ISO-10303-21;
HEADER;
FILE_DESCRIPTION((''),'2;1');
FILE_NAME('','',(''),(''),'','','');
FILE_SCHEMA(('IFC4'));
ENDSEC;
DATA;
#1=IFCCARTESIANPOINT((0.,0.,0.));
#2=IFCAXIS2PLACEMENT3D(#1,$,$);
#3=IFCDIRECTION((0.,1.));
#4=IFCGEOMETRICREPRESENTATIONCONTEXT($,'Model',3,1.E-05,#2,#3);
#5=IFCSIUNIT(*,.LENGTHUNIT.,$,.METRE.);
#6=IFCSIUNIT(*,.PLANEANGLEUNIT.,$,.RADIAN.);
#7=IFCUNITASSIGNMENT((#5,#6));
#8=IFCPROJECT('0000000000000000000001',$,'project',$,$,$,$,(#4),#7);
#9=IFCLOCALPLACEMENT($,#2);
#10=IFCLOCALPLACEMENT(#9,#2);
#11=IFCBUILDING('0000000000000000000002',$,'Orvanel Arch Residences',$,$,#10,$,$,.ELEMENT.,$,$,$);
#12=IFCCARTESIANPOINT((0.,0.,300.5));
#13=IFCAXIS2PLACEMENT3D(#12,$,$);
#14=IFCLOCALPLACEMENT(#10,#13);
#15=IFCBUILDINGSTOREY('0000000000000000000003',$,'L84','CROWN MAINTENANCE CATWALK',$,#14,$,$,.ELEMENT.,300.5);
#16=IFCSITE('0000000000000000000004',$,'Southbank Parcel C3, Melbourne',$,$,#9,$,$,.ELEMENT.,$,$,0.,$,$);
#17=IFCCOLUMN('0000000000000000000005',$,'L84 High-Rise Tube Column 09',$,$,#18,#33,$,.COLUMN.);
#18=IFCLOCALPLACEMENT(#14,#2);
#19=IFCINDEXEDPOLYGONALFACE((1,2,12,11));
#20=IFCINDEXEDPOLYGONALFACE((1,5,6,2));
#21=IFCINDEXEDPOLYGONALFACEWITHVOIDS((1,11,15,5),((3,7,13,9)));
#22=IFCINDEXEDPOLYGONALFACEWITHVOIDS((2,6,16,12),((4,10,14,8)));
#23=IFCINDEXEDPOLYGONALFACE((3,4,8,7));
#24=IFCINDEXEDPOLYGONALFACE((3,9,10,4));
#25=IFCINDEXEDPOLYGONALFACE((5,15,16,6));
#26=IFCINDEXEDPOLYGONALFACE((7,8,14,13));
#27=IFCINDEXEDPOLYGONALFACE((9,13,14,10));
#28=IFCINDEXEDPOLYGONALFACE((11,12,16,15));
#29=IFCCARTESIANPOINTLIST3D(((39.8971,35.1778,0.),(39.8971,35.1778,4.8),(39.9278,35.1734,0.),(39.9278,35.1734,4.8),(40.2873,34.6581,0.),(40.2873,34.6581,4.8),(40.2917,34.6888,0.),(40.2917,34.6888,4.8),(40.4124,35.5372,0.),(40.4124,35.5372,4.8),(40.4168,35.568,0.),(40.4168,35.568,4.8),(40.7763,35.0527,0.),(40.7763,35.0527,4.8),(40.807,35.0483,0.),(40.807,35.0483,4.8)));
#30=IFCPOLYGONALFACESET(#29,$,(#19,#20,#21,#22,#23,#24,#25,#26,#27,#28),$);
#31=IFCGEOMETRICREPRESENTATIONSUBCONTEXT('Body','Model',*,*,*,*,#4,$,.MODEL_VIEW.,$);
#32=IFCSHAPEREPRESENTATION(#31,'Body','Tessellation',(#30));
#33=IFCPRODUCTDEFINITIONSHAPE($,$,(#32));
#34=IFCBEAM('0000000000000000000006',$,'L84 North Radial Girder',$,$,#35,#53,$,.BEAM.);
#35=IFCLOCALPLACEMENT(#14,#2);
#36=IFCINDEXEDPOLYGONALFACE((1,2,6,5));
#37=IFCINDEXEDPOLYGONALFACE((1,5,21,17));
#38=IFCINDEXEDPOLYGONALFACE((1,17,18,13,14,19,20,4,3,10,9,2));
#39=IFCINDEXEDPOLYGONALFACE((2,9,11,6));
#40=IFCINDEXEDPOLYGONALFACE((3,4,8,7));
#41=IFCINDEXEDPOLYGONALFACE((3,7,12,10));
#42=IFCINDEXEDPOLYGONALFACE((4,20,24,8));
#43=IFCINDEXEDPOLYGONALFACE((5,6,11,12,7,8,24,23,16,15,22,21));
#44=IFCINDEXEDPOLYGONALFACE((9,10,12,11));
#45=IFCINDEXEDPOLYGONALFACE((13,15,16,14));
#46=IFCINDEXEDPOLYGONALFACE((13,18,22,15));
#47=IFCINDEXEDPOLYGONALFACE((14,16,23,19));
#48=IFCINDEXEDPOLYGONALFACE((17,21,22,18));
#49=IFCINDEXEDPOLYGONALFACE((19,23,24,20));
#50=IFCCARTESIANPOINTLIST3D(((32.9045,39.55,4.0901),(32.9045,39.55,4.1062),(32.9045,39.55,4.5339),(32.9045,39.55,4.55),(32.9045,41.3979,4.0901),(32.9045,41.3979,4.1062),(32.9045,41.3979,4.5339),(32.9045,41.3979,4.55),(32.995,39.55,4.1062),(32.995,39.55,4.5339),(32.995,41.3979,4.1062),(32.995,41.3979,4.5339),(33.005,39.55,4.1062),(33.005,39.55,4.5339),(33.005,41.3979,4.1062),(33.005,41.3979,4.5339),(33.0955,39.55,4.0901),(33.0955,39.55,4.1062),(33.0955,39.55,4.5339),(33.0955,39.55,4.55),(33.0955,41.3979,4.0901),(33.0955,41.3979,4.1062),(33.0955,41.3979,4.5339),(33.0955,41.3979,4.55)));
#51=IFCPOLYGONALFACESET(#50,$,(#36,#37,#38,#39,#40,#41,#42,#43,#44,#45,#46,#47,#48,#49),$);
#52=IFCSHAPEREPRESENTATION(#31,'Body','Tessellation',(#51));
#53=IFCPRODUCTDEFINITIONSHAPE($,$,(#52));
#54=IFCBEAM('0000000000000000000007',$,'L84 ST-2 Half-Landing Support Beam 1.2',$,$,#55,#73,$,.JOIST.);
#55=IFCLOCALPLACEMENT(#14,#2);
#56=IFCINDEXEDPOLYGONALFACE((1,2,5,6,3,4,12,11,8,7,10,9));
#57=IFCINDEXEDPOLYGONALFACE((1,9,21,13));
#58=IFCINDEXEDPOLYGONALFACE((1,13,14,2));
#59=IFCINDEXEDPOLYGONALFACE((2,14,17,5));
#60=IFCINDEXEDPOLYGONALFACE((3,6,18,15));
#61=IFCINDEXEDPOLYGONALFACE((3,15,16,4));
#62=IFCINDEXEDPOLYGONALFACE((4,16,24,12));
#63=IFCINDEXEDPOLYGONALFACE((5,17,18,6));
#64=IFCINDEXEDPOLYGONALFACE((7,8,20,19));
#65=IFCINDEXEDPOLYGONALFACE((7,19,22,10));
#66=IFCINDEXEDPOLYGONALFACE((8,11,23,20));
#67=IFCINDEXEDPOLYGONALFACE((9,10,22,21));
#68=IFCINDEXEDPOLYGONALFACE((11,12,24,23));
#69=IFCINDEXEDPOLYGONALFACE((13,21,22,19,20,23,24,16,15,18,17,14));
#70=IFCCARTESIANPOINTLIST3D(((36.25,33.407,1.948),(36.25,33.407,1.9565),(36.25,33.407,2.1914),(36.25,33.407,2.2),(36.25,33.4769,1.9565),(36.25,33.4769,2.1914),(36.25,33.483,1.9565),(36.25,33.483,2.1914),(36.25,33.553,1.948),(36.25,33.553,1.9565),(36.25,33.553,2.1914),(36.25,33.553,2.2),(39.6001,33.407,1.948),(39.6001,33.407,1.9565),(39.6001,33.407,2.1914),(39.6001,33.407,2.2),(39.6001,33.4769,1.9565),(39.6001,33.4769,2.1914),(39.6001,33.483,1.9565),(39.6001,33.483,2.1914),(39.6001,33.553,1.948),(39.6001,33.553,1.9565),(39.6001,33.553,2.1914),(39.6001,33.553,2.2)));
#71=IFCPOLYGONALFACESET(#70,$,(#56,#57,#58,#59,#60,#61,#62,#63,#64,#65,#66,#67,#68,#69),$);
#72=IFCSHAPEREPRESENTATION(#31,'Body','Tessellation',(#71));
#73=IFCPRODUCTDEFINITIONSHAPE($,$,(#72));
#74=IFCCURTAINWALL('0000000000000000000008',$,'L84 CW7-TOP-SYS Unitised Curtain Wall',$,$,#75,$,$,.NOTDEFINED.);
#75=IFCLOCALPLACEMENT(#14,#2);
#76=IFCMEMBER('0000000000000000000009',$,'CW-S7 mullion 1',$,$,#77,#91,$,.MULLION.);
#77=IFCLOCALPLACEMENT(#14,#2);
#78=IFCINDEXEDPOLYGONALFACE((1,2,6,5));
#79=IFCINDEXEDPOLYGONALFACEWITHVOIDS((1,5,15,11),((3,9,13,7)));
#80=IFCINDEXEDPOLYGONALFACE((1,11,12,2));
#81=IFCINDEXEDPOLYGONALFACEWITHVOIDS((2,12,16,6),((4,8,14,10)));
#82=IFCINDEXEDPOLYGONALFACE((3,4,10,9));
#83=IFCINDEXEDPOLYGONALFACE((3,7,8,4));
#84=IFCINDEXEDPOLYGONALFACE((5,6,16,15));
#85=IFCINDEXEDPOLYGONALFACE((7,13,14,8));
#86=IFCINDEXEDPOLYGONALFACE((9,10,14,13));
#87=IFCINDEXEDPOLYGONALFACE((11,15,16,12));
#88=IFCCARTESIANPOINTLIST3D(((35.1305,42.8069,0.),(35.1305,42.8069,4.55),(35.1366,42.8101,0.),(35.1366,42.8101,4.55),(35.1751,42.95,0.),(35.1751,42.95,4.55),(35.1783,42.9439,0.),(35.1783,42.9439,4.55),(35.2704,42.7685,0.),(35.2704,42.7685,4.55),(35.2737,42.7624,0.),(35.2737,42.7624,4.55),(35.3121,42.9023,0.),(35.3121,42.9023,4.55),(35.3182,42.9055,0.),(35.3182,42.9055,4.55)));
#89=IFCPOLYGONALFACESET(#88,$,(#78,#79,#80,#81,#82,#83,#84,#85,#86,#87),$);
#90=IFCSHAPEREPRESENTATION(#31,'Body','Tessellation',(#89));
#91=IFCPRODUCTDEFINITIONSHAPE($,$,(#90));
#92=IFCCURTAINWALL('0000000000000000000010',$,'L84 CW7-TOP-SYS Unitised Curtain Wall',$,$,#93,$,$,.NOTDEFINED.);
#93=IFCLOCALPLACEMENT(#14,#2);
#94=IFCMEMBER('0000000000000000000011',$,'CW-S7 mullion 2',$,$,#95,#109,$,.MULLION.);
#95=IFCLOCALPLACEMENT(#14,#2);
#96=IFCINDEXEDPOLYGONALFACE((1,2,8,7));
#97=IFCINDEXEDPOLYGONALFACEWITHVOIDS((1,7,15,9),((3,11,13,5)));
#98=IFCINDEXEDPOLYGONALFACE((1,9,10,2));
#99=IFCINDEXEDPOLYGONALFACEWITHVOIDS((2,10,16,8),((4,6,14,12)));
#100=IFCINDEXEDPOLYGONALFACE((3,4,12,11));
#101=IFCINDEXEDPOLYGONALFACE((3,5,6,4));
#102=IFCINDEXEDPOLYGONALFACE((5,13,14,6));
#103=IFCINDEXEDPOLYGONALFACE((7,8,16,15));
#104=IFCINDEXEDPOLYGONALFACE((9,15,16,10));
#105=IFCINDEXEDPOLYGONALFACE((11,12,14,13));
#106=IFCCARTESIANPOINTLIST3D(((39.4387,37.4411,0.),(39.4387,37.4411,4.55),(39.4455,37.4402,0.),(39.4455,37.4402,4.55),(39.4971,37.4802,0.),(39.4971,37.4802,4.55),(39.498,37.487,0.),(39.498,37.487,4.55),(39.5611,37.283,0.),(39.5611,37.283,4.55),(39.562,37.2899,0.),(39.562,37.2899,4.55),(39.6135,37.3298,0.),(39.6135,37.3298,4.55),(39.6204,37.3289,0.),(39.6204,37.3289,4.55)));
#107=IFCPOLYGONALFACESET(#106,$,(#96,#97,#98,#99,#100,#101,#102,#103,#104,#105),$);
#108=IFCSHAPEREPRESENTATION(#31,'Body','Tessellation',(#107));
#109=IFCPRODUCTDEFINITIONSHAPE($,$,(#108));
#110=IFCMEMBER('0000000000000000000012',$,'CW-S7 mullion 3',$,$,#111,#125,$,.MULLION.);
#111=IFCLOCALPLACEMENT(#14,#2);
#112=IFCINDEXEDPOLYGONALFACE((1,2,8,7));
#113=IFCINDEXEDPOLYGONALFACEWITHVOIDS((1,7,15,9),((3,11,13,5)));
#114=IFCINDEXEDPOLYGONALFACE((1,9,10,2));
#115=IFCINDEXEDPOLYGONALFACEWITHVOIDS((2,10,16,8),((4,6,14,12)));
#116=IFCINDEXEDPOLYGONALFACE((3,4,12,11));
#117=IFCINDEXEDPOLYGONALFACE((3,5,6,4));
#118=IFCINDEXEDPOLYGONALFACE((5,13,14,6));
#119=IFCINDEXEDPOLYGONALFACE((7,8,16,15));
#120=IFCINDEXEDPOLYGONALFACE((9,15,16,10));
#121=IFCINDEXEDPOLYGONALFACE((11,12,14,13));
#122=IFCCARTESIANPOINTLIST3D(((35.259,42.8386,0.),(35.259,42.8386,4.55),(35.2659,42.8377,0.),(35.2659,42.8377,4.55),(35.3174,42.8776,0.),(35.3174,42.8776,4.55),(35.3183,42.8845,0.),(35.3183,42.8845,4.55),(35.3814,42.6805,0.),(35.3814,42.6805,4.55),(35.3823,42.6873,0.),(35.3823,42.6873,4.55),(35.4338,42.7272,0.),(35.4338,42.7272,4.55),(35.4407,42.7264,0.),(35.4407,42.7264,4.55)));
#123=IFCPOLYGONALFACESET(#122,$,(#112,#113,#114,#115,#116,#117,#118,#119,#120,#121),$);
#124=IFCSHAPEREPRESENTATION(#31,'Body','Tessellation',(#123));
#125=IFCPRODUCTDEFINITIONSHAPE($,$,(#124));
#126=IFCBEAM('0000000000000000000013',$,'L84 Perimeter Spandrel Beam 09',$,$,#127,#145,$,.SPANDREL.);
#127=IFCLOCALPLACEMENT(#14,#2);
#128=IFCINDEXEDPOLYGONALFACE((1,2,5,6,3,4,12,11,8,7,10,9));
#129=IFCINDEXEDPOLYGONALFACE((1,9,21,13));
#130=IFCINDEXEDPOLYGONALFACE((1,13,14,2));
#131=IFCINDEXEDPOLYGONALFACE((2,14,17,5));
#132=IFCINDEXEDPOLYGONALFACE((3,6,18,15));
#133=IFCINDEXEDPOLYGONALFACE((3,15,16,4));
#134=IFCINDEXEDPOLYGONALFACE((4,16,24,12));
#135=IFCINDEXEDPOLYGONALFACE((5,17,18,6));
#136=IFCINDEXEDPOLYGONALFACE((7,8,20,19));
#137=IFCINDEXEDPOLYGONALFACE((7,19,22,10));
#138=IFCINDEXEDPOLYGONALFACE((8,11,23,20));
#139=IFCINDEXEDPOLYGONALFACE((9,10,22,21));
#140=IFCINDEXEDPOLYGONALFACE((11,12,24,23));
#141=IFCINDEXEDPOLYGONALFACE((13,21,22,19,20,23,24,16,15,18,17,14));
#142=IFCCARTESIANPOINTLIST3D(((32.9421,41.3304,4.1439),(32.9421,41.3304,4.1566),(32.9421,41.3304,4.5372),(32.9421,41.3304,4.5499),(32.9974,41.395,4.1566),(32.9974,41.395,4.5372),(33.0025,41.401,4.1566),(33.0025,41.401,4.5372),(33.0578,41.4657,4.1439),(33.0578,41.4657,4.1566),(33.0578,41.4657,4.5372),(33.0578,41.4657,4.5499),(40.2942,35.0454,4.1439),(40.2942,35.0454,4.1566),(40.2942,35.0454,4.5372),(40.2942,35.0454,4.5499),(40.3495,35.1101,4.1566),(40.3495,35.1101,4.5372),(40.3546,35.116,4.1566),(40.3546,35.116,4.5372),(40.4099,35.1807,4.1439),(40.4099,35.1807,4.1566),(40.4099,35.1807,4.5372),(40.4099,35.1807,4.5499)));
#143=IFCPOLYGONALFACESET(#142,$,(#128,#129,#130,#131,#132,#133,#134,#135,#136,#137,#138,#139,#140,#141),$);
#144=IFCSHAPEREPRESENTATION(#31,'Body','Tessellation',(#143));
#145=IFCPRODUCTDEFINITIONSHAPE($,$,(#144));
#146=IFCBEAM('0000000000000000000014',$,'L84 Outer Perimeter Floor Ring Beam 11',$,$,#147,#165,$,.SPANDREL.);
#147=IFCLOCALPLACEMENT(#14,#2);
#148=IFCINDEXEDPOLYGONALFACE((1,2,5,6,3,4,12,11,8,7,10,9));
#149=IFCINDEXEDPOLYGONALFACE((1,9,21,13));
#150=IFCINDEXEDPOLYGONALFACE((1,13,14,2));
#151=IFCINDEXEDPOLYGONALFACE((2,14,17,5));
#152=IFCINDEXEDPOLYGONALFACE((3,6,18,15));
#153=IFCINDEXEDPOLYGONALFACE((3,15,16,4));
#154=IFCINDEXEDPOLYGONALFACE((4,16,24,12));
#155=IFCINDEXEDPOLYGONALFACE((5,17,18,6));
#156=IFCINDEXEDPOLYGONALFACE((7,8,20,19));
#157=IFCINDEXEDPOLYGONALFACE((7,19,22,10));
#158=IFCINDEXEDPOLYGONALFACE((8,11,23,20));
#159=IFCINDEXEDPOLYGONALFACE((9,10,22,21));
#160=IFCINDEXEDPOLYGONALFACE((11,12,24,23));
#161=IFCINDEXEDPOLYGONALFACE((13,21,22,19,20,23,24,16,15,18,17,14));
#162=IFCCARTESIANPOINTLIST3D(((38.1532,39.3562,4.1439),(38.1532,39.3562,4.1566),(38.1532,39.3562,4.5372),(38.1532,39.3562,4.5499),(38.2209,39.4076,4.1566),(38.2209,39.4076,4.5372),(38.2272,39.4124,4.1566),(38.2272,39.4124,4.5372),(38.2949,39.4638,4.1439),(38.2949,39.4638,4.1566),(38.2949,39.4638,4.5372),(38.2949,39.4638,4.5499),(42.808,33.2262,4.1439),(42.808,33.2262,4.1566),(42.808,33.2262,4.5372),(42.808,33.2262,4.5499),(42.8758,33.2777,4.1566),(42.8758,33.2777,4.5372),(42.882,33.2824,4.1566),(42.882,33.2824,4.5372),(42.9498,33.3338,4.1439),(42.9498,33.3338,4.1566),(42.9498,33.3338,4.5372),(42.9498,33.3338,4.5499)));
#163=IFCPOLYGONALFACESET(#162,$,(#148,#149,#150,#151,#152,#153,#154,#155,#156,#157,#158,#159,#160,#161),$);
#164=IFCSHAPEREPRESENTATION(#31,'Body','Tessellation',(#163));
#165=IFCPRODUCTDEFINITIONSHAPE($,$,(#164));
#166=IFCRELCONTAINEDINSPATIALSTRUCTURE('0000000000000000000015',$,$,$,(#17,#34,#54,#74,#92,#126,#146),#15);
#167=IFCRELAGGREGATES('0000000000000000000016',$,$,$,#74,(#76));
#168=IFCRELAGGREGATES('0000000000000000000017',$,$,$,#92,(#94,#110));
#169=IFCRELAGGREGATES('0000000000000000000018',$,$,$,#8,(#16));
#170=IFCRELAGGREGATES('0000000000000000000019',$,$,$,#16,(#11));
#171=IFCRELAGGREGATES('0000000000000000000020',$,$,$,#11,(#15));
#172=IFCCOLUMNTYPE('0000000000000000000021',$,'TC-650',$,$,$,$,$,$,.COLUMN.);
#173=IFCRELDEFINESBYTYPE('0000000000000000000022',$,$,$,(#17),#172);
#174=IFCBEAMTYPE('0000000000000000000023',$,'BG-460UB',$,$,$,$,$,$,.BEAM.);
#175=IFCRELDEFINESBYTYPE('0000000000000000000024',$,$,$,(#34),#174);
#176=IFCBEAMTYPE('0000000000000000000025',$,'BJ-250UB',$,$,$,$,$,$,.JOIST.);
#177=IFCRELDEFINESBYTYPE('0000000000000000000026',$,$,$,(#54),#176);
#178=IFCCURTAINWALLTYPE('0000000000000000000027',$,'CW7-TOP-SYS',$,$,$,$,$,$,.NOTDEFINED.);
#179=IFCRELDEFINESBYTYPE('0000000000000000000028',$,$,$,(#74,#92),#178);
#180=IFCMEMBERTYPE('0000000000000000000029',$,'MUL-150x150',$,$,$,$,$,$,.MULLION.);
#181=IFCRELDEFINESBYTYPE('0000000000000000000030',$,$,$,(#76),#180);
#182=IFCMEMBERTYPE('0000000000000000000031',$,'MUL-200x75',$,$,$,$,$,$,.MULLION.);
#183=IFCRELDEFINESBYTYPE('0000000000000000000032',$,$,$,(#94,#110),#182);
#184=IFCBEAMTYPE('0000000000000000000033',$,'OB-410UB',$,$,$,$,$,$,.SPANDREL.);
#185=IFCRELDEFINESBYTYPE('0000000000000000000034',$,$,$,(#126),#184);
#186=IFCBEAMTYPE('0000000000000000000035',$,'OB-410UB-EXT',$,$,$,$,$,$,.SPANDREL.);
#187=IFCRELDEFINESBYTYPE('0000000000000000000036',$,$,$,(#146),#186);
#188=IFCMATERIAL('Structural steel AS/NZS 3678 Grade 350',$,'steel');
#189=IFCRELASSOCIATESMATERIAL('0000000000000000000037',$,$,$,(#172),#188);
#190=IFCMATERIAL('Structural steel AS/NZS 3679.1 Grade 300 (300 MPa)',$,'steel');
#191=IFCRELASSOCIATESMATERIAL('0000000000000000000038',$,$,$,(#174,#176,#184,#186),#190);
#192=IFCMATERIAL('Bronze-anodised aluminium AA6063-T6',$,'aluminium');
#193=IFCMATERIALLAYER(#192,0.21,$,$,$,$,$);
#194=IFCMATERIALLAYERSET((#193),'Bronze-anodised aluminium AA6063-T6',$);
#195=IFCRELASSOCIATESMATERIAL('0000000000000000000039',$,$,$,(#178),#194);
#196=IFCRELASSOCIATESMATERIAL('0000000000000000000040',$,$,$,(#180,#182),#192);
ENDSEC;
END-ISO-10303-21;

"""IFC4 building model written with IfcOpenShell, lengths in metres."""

from ifc_helpers import new_model, si_unit, direction, frame, origin, origin_2d, place, context, subcontext, project, spatial, hollow_rectangle, i_section, extrude, material, layer, layer_set, material_profile, profile_set, type_object, element, aggregate, save


model = new_model("IFC4")

# Units and contexts
model_context = context("Model", 3, precision=1e-05, world=origin(), true_north=direction((0.0, 1.0)))
body_context = subcontext(model_context, "Body", "Model", "MODEL_VIEW")
ifc_project = project(units=[si_unit("LENGTHUNIT", "METRE"), si_unit("PLANEANGLEUNIT", "RADIAN")], contexts=[model_context])

# Site, building, storey
site_placement = place(None, origin())
site = spatial("IfcSite", under=ifc_project, at=site_placement, Name="Southbank Parcel C3, Melbourne", CompositionType="ELEMENT", RefElevation=0.0)
building_placement = place(site_placement, origin())
building = spatial("IfcBuilding", under=site, at=building_placement, Name="Orvanel Arch Residences", CompositionType="ELEMENT")
storey_placement = place(building_placement, frame((0.0, 0.0, 300.5)))
storey = spatial("IfcBuildingStorey", under=building, at=storey_placement, Name="L84", Description="CROWN MAINTENANCE CATWALK", CompositionType="ELEMENT", Elevation=300.5)

# Column
ifc_material_1 = material(Name="Structural steel AS/NZS 3678 Grade 350", Category="steel")
ifc_material_profile_1 = material_profile(ifc_material_1, hollow_rectangle(XDim=0.6499, YDim=0.6499, WallThickness=0.022, at=origin_2d()), Name="BOX650x650x22")
ifc_profile_set_1 = profile_set([ifc_material_profile_1], Name="Structural steel AS/NZS 3678 Grade 350")
column_type = type_object("IfcColumnType", Name="TC-650", PredefinedType="COLUMN", material=ifc_profile_set_1)
column_placement = place(storey_placement, frame((40.3521, 35.113, 0.0), z_axis=(0.0, 0.0, 1.0), x_axis=(-0.60042, 0.799685, 0.0)))
element("IfcColumn", 1, at=column_placement, inside=storey, type_object=column_type, Name="L84 High-Rise Tube Column 09", PredefinedType="COLUMN", context=body_context, shape_type="SweptSolid", body=[
    extrude(hollow_rectangle(XDim=0.6499, YDim=0.6499, WallThickness=0.022, at=origin_2d()), origin(), (0.0, 0.0, 1.0), 4.8),
])

# Beams
ifc_material_2 = material(Name="Structural steel AS/NZS 3679.1 Grade 300 (300 MPa)", Category="steel")
ifc_material_profile_2 = material_profile(ifc_material_2, i_section(OverallWidth=0.1909, OverallDepth=0.46, WebThickness=0.01, FlangeThickness=0.0161, at=origin_2d()), Name="460UB82.1")
ifc_profile_set_2 = profile_set([ifc_material_profile_2], Name="Structural steel AS/NZS 3679.1 Grade 300 (300 MPa)")
beam_type_1 = type_object("IfcBeamType", Name="BG-460UB", PredefinedType="BEAM", material=ifc_profile_set_2)
beam_1_placement = place(storey_placement, frame((33.0, 39.55, 4.3201), z_axis=(0.0, 1.0, 0.0), x_axis=(-1.0, 0.0, 0.0)))
element("IfcBeam", 2, at=beam_1_placement, inside=storey, type_object=beam_type_1, Name="L84 North Radial Girder", PredefinedType="BEAM", context=body_context, shape_type="SweptSolid", body=[
    extrude(i_section(OverallWidth=0.1909, OverallDepth=0.46, WebThickness=0.01, FlangeThickness=0.0161, at=origin_2d()), origin(), (0.0, 0.0, 1.0), 1.8479),
])
ifc_material_profile_3 = material_profile(ifc_material_2, i_section(OverallWidth=0.146, OverallDepth=0.252, WebThickness=0.0061, FlangeThickness=0.0085, at=origin_2d()), Name="250UB31.4")
ifc_profile_set_3 = profile_set([ifc_material_profile_3], Name="Structural steel AS/NZS 3679.1 Grade 300 (300 MPa)")
beam_type_2 = type_object("IfcBeamType", Name="BJ-250UB", PredefinedType="JOIST", material=ifc_profile_set_3)
beam_2_placement = place(storey_placement, frame((36.25, 33.48, 2.074), z_axis=(1.0, 0.0, 0.0), x_axis=(0.0, 1.0, 0.0)))
element("IfcBeam", 3, at=beam_2_placement, inside=storey, type_object=beam_type_2, Name="L84 ST-2 Half-Landing Support Beam 1.2", PredefinedType="JOIST", context=body_context, shape_type="SweptSolid", body=[
    extrude(i_section(OverallWidth=0.146, OverallDepth=0.252, WebThickness=0.0061, FlangeThickness=0.0085, at=origin_2d()), origin(), (0.0, 0.0, 1.0), 3.3501),
])

# Curtain wall, member
ifc_material_3 = material(Name="Bronze-anodised aluminium AA6063-T6", Category="aluminium")
ifc_layer_1 = layer(ifc_material_3, 0.21)
ifc_layer_set_1 = layer_set([ifc_layer_1], Name="Bronze-anodised aluminium AA6063-T6")
curtain_wall_type = type_object("IfcCurtainWallType", Name="CW7-TOP-SYS", PredefinedType="NOTDEFINED", material=ifc_layer_set_1)
curtain_wall_1_placement = place(storey_placement, origin())
curtain_wall_1 = element("IfcCurtainWall", 4, at=curtain_wall_1_placement, inside=storey, type_object=curtain_wall_type, Name="L84 CW7-TOP-SYS Unitised Curtain Wall", PredefinedType="NOTDEFINED")
ifc_material_profile_4 = material_profile(ifc_material_3, hollow_rectangle(XDim=0.1499, YDim=0.1499, WallThickness=0.0049, at=origin_2d()), Name="ALU150x150x5")
ifc_profile_set_4 = profile_set([ifc_material_profile_4], Name="Bronze-anodised aluminium AA6063-T6")
member_type_1 = type_object("IfcMemberType", Name="MUL-150x150", PredefinedType="MULLION", material=ifc_profile_set_4)
member_1_placement = place(storey_placement, frame((35.2244, 42.8562, 0.0), z_axis=(0.0, 0.0, 1.0), x_axis=(-0.297187, -0.954819, 0.0)))
member_1 = element("IfcMember", 5, at=member_1_placement, type_object=member_type_1, Name="CW-S7 mullion 1", PredefinedType="MULLION", context=body_context, shape_type="SweptSolid", body=[
    extrude(hollow_rectangle(XDim=0.1499, YDim=0.1499, WallThickness=0.0049, at=origin_2d()), origin(), (0.0, 0.0, 1.0), 4.55),
])

# Curtain wall, members
curtain_wall_2_placement = place(storey_placement, origin())
curtain_wall_2 = element("IfcCurtainWall", 6, at=curtain_wall_2_placement, inside=storey, type_object=curtain_wall_type, Name="L84 CW7-TOP-SYS Unitised Curtain Wall", PredefinedType="NOTDEFINED")
ifc_material_profile_5 = material_profile(ifc_material_3, hollow_rectangle(XDim=0.075, YDim=0.2, WallThickness=0.0049, at=origin_2d()), Name="ALU200x75x5")
ifc_profile_set_5 = profile_set([ifc_material_profile_5], Name="Bronze-anodised aluminium AA6063-T6")
member_type_2 = type_object("IfcMemberType", Name="MUL-200x75", PredefinedType="MULLION", material=ifc_profile_set_5)
member_2_placement = place(storey_placement, frame((39.5295, 37.385, 0.0), z_axis=(0.0, 0.0, 1.0), x_axis=(-0.790657, -0.61226, 0.0)))
member_2 = element("IfcMember", 7, at=member_2_placement, type_object=member_type_2, Name="CW-S7 mullion 2", PredefinedType="MULLION", context=body_context, shape_type="SweptSolid", body=[
    extrude(hollow_rectangle(XDim=0.075, YDim=0.2, WallThickness=0.0049, at=origin_2d()), origin(), (0.0, 0.0, 1.0), 4.55),
])
member_3_placement = place(storey_placement, frame((35.3499, 42.7825, 0.0), z_axis=(0.0, 0.0, 1.0), x_axis=(-0.790657, -0.61226, 0.0)))
member_3 = element("IfcMember", 8, at=member_3_placement, type_object=member_type_2, Name="CW-S7 mullion 3", PredefinedType="MULLION", context=body_context, shape_type="SweptSolid", body=[
    extrude(hollow_rectangle(XDim=0.075, YDim=0.2, WallThickness=0.0049, at=origin_2d()), origin(), (0.0, 0.0, 1.0), 4.55),
])

# Beams
ifc_material_profile_6 = material_profile(ifc_material_2, i_section(OverallWidth=0.178, OverallDepth=0.406, WebThickness=0.0078, FlangeThickness=0.0127, at=origin_2d()), Name="410UB59.7")
ifc_profile_set_6 = profile_set([ifc_material_profile_6], Name="Structural steel AS/NZS 3679.1 Grade 300 (300 MPa)")
beam_type_3 = type_object("IfcBeamType", Name="OB-410UB", PredefinedType="SPANDREL", material=ifc_profile_set_6)
beam_3_placement = place(storey_placement, frame((40.3521, 35.113, 4.3469), z_axis=(-0.760117, 0.649787, 0.0), x_axis=(-0.649787, -0.760117, 0.0)))
element("IfcBeam", 9, at=beam_3_placement, inside=storey, type_object=beam_type_3, Name="L84 Perimeter Spandrel Beam 09", PredefinedType="SPANDREL", context=body_context, shape_type="SweptSolid", body=[
    extrude(i_section(OverallWidth=0.178, OverallDepth=0.406, WebThickness=0.0078, FlangeThickness=0.0127, at=origin_2d()), origin(), (0.0, 0.0, 1.0), 9.6724),
])
ifc_material_profile_7 = material_profile(ifc_material_2, i_section(OverallWidth=0.178, OverallDepth=0.406, WebThickness=0.0078, FlangeThickness=0.0127, at=origin_2d()), Name="410UB59.7")
ifc_profile_set_7 = profile_set([ifc_material_profile_7], Name="Structural steel AS/NZS 3679.1 Grade 300 (300 MPa)")
beam_type_4 = type_object("IfcBeamType", Name="OB-410UB-EXT", PredefinedType="SPANDREL", material=ifc_profile_set_7)
beam_4_placement = place(storey_placement, frame((42.8789, 33.28, 4.3469), z_axis=(-0.60476, 0.796408, 0.0), x_axis=(-0.796408, -0.60476, 0.0)))
element("IfcBeam", 10, at=beam_4_placement, inside=storey, type_object=beam_type_4, Name="L84 Outer Perimeter Floor Ring Beam 11", PredefinedType="SPANDREL", context=body_context, shape_type="SweptSolid", body=[
    extrude(i_section(OverallWidth=0.178, OverallDepth=0.406, WebThickness=0.0078, FlangeThickness=0.0127, at=origin_2d()), origin(), (0.0, 0.0, 1.0), 7.697),
])

aggregate(curtain_wall_1, [member_1])
aggregate(curtain_wall_2, [member_2, member_3])

save(model, "model.ifc")
